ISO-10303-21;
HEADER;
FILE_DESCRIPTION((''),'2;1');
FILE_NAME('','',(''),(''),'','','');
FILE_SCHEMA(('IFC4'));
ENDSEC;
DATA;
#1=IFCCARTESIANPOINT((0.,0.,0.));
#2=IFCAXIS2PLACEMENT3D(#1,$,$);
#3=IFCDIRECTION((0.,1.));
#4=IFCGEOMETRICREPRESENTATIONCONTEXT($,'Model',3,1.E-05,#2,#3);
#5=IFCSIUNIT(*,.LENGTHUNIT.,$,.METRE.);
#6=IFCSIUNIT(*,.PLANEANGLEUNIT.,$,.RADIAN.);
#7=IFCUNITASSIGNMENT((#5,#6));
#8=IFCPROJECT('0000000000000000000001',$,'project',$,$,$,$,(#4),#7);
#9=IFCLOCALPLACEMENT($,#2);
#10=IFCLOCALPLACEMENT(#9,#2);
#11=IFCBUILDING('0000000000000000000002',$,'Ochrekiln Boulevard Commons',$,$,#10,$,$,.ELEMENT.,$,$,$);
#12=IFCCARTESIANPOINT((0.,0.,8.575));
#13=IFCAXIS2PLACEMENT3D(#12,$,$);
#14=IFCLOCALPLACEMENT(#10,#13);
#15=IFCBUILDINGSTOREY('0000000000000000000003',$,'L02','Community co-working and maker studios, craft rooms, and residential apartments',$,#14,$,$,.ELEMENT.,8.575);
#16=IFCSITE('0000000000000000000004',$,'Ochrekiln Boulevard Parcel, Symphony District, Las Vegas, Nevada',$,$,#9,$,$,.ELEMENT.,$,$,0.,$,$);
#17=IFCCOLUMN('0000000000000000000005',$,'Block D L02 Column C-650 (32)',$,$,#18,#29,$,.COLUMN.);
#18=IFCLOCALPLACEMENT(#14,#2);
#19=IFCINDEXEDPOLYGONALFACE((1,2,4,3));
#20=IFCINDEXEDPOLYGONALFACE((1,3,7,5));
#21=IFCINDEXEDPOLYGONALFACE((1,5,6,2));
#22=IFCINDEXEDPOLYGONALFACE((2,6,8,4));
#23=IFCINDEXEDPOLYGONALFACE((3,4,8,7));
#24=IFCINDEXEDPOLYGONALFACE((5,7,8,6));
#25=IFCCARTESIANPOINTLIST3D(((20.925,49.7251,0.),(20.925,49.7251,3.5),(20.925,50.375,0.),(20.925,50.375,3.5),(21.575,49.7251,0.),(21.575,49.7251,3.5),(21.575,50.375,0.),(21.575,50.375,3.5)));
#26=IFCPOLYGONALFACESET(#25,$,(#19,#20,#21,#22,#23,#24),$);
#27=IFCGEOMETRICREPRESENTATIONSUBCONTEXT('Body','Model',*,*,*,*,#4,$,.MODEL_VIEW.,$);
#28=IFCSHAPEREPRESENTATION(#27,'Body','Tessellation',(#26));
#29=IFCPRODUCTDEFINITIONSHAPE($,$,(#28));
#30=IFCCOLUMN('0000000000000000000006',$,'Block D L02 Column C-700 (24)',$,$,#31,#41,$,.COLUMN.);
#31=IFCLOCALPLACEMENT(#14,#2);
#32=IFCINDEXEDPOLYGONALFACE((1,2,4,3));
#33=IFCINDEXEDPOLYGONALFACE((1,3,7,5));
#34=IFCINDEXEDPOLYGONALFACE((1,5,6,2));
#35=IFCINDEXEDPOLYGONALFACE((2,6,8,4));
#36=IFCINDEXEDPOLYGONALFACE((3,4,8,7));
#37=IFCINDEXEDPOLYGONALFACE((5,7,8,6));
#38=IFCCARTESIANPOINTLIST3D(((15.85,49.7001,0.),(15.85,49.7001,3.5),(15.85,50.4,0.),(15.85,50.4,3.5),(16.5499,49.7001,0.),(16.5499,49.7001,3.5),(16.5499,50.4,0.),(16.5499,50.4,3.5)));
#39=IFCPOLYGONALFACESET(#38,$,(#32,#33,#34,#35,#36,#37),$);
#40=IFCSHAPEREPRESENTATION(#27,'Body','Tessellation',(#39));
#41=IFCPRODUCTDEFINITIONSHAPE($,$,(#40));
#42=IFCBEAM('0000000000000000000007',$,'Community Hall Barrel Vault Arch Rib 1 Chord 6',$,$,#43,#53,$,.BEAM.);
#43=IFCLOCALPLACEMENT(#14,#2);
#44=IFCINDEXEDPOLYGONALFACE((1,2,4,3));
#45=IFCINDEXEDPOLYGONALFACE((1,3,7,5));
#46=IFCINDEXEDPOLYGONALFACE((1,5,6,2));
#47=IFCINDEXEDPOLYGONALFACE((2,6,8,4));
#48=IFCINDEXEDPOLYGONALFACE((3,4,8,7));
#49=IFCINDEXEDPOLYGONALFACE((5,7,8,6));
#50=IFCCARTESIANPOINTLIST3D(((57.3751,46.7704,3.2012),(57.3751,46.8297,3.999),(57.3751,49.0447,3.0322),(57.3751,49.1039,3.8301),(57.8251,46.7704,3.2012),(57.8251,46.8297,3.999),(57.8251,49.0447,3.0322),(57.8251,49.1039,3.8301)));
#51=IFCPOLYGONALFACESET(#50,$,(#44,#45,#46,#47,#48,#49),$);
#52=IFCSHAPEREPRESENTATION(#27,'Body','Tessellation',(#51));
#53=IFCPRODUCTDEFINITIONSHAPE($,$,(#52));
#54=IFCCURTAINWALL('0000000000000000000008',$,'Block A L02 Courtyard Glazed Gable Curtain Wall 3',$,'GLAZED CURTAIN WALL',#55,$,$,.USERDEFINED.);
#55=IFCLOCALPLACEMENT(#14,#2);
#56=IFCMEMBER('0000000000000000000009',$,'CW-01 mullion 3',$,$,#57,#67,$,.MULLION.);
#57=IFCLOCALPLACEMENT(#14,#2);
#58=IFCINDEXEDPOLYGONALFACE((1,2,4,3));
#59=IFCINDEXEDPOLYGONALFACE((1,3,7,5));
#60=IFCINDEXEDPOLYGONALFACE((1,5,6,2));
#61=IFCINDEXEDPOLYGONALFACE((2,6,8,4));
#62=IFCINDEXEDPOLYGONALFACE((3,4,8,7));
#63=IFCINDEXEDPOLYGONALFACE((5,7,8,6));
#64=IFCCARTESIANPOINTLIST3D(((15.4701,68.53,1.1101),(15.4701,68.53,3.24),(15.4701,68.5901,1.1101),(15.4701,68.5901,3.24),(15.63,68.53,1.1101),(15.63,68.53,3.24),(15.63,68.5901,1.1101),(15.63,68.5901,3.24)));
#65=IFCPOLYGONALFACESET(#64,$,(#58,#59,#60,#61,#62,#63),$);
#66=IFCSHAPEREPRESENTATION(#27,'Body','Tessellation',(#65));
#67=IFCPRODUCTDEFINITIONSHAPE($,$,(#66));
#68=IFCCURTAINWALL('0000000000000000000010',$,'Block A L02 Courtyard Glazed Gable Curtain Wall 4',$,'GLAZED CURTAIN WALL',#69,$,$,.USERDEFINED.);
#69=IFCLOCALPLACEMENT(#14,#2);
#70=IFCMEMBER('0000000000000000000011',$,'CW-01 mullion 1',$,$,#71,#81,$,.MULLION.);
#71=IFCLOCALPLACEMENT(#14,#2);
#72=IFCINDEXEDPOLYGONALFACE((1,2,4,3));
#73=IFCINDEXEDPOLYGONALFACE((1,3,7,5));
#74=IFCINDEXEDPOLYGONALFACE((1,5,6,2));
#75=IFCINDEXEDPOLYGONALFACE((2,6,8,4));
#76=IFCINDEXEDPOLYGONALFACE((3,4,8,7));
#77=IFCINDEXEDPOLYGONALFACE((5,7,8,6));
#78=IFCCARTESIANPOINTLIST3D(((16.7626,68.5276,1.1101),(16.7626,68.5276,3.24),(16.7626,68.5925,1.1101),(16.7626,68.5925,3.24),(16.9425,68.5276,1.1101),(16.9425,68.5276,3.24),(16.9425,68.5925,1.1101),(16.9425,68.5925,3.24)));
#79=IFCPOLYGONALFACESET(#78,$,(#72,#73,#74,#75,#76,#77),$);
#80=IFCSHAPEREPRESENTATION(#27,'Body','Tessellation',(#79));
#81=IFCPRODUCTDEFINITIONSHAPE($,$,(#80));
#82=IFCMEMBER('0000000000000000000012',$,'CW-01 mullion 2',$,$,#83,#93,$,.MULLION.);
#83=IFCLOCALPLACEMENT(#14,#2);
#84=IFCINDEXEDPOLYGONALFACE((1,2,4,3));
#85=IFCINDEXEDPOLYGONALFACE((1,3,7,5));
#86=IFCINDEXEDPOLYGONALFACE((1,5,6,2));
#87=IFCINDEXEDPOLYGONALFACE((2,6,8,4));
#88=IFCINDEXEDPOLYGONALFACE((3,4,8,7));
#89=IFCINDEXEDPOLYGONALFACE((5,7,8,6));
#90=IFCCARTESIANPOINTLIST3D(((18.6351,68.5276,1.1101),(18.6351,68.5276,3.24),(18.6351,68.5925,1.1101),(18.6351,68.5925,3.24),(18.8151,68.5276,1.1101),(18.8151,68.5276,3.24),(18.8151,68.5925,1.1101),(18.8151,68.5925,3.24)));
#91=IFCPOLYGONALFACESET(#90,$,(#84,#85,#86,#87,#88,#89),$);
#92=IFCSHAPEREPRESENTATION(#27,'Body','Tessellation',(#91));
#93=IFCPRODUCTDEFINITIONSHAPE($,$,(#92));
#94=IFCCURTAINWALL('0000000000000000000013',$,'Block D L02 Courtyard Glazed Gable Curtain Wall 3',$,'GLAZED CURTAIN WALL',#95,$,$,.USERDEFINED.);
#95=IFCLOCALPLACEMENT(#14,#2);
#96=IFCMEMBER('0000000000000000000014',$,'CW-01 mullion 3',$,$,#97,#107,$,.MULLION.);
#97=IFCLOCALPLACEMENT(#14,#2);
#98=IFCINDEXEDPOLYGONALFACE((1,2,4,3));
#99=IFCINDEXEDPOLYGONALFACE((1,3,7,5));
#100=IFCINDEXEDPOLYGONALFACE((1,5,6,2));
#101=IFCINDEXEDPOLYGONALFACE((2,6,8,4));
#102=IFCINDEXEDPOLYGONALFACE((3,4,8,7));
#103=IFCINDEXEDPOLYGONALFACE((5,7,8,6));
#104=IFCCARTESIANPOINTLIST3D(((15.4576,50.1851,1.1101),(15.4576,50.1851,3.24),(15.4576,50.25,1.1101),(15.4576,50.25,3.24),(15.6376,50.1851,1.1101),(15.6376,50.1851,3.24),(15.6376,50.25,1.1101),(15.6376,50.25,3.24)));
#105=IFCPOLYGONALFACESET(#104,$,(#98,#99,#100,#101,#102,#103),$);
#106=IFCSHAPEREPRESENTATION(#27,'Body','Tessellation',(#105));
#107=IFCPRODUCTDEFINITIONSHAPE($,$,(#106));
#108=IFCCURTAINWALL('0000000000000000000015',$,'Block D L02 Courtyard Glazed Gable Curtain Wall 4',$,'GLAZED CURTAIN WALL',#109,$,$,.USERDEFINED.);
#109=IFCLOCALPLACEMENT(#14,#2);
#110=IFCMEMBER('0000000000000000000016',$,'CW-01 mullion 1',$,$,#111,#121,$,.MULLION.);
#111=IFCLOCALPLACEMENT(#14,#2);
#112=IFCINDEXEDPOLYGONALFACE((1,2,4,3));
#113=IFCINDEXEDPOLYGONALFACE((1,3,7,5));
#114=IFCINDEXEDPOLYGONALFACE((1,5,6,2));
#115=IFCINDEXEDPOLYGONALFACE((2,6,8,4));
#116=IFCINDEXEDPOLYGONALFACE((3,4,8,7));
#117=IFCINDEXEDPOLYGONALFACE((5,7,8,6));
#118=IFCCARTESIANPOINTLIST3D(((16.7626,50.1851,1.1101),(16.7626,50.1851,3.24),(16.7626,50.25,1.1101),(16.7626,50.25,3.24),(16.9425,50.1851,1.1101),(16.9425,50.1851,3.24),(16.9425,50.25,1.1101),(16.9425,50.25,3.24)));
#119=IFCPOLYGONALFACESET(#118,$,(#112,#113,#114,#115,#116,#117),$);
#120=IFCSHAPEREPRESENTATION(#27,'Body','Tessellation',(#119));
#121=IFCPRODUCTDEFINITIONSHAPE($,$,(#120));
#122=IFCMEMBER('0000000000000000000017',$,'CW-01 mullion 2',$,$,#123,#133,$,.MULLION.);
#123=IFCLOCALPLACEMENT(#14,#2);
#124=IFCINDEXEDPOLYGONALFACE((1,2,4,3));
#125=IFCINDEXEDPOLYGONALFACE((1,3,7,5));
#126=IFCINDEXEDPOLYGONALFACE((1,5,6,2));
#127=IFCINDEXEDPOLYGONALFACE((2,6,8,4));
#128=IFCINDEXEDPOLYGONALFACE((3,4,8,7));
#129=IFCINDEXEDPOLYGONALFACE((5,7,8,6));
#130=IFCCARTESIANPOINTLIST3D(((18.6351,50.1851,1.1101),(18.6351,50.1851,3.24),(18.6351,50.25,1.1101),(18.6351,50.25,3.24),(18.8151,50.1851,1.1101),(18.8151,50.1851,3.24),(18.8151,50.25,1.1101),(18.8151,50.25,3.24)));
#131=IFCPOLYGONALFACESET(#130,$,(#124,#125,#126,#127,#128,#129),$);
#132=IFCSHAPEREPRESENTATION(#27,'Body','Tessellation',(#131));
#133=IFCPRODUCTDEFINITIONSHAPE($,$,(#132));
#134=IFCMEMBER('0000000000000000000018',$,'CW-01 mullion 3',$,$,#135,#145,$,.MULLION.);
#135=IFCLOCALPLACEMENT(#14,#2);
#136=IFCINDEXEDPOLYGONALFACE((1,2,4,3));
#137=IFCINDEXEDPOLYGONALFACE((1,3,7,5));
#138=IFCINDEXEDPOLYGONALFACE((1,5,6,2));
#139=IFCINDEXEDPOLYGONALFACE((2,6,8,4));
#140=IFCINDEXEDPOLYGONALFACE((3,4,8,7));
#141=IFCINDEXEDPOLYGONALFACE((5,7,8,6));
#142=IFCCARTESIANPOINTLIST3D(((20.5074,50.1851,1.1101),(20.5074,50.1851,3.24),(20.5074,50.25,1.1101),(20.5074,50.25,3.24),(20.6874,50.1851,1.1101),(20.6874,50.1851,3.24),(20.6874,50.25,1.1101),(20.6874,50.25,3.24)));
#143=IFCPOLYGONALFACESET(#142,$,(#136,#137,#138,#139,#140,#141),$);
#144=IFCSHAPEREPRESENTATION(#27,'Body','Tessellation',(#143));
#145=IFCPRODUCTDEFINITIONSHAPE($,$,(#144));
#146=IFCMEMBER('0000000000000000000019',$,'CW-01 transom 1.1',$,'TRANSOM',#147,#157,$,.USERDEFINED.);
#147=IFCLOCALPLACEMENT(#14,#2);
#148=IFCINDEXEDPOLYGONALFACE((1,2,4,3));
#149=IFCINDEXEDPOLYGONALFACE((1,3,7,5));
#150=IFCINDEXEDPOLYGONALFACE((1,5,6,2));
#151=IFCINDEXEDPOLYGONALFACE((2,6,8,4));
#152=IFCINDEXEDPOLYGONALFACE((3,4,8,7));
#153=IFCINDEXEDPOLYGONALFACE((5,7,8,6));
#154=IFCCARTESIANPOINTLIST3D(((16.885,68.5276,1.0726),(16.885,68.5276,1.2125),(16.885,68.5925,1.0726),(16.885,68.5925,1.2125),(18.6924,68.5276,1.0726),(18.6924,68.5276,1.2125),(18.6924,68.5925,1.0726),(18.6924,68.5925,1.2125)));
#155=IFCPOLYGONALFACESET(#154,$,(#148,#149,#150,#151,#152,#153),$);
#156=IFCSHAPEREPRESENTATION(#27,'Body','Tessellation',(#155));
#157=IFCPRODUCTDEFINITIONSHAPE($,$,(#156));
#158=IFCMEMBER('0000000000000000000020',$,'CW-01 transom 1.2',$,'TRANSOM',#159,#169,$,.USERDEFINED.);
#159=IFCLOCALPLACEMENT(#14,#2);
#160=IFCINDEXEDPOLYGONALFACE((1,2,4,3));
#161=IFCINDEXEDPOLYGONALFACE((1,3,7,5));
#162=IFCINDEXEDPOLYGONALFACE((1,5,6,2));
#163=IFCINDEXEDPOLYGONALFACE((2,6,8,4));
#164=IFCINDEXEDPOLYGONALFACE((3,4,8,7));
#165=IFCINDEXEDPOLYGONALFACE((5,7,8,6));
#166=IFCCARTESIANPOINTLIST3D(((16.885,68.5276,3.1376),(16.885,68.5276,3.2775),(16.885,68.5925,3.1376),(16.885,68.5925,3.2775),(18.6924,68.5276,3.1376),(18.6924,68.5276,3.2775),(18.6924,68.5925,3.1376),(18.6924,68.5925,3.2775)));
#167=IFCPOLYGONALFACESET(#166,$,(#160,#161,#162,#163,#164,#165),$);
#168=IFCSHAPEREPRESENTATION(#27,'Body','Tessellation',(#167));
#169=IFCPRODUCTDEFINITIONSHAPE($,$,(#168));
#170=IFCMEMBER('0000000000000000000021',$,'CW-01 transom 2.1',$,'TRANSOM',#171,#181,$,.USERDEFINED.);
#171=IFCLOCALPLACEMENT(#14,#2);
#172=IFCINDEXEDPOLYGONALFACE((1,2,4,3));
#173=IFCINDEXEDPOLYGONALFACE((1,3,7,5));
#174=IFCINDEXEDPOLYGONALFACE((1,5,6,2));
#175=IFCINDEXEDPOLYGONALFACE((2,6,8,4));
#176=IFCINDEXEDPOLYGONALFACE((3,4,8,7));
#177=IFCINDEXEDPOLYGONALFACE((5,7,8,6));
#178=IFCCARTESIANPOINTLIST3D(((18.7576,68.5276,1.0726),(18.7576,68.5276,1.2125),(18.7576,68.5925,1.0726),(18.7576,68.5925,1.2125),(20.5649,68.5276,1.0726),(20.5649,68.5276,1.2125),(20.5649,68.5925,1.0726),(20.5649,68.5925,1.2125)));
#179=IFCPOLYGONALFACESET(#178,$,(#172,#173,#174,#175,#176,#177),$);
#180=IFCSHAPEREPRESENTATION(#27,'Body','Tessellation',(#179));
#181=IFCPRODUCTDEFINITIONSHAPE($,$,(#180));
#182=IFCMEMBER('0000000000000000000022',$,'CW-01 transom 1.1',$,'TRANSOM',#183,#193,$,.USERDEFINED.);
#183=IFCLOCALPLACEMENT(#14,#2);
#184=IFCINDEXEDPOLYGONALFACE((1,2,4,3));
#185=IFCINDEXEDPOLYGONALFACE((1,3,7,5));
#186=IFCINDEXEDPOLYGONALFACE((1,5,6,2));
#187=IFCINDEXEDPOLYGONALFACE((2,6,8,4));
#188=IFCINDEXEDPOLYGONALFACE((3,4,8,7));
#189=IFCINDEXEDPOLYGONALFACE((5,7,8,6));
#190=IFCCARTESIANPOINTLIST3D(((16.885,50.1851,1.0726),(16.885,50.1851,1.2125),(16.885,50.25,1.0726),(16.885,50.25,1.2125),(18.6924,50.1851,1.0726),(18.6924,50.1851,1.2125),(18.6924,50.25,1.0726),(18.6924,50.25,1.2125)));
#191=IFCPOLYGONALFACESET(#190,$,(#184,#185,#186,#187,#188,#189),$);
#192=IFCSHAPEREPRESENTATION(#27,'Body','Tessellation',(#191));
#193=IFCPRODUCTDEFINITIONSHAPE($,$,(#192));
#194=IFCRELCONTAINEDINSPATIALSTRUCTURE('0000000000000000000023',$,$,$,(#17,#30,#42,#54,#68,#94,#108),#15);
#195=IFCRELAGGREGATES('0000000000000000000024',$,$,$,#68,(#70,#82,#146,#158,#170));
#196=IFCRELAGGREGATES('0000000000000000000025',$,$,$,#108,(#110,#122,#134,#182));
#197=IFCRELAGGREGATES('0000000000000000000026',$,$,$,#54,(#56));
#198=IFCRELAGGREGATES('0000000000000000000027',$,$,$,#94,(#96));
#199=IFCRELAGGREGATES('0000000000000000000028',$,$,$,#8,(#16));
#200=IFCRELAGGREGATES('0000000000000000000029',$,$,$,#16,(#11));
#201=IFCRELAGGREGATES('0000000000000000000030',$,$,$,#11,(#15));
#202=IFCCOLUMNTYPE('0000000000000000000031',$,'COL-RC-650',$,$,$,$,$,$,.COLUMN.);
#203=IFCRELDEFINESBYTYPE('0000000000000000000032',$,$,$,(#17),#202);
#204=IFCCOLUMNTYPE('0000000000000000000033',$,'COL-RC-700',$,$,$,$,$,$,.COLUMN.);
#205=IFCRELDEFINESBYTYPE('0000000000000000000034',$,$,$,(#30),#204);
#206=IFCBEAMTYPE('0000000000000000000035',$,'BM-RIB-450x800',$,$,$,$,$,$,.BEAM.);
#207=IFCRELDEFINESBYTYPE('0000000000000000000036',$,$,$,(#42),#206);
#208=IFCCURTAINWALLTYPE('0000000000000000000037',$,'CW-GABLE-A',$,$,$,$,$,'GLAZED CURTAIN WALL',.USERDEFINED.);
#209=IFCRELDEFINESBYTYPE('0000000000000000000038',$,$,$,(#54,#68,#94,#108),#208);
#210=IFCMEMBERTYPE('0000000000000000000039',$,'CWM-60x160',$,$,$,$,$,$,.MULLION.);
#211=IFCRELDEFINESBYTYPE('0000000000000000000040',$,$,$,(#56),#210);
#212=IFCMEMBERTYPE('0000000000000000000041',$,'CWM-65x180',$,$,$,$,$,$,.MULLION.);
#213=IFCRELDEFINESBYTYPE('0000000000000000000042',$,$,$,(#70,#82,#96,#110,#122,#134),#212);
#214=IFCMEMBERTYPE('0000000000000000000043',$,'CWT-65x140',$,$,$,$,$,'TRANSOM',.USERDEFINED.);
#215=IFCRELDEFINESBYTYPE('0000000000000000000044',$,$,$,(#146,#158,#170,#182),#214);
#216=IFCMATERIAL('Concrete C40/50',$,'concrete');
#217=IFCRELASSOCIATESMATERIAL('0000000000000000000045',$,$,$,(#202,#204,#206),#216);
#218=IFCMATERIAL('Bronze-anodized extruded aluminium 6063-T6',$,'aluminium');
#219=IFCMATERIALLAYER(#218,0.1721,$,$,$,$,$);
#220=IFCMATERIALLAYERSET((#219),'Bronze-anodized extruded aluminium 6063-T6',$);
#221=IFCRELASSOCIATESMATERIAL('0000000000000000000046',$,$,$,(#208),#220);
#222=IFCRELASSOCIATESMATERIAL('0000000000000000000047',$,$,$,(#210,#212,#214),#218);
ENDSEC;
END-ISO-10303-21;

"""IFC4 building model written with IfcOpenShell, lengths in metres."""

from ifc_helpers import new_model, si_unit, direction, frame, origin, origin_2d, place, context, subcontext, project, spatial, rectangle, extrude, material, layer, layer_set, material_profile, profile_set, type_object, element, aggregate, save


model = new_model("IFC4")

# Units and contexts
model_context = context("Model", 3, precision=1e-05, world=origin(), true_north=direction((0.0, 1.0)))
body_context = subcontext(model_context, "Body", "Model", "MODEL_VIEW")
ifc_project = project(units=[si_unit("LENGTHUNIT", "METRE"), si_unit("PLANEANGLEUNIT", "RADIAN")], contexts=[model_context])

# Site, building, storey
site_placement = place(None, origin())
site = spatial("IfcSite", under=ifc_project, at=site_placement, Name="Ochrekiln Boulevard Parcel, Symphony District, Las Vegas, Nevada", CompositionType="ELEMENT", RefElevation=0.0)
building_placement = place(site_placement, origin())
building = spatial("IfcBuilding", under=site, at=building_placement, Name="Ochrekiln Boulevard Commons", CompositionType="ELEMENT")
storey_placement = place(building_placement, frame((0.0, 0.0, 8.575)))
storey = spatial("IfcBuildingStorey", under=building, at=storey_placement, Name="L02", Description="Community co-working and maker studios, craft rooms, and residential apartments", CompositionType="ELEMENT", Elevation=8.575)

# Columns
ifc_material_1 = material(Name="Concrete C40/50", Category="concrete")
ifc_material_profile_1 = material_profile(ifc_material_1, rectangle(XDim=0.6499, YDim=0.6499, at=origin_2d()), Name="RC-COL-650x650")
ifc_profile_set_1 = profile_set([ifc_material_profile_1], Name="Concrete C40/50")
column_type_1 = type_object("IfcColumnType", Name="COL-RC-650", PredefinedType="COLUMN", material=ifc_profile_set_1)
column_1_placement = place(storey_placement, frame((21.25, 50.05, 0.0), z_axis=(0.0, 0.0, 1.0), x_axis=(1.0, 0.0, 0.0)))
element("IfcColumn", 1, at=column_1_placement, inside=storey, type_object=column_type_1, Name="Block D L02 Column C-650 (32)", PredefinedType="COLUMN", context=body_context, shape_type="SweptSolid", body=[
    extrude(rectangle(XDim=0.6499, YDim=0.6499, at=origin_2d()), origin(), (0.0, 0.0, 1.0), 3.5),
])
ifc_material_profile_2 = material_profile(ifc_material_1, rectangle(XDim=0.7, YDim=0.7, at=origin_2d()), Name="RC-COL-700x700")
ifc_profile_set_2 = profile_set([ifc_material_profile_2], Name="Concrete C40/50")
column_type_2 = type_object("IfcColumnType", Name="COL-RC-700", PredefinedType="COLUMN", material=ifc_profile_set_2)
column_2_placement = place(storey_placement, frame((16.2, 50.05, 0.0), z_axis=(0.0, 0.0, 1.0), x_axis=(1.0, 0.0, 0.0)))
element("IfcColumn", 2, at=column_2_placement, inside=storey, type_object=column_type_2, Name="Block D L02 Column C-700 (24)", PredefinedType="COLUMN", context=body_context, shape_type="SweptSolid", body=[
    extrude(rectangle(XDim=0.7, YDim=0.7, at=origin_2d()), origin(), (0.0, 0.0, 1.0), 3.5),
])

# Beam
ifc_material_profile_3 = material_profile(ifc_material_1, rectangle(XDim=0.45, YDim=0.8, at=origin_2d()), Name="RC-RIB-450x800")
ifc_profile_set_3 = profile_set([ifc_material_profile_3], Name="Concrete C40/50")
beam_type_1 = type_object("IfcBeamType", Name="BM-RIB-450x800", PredefinedType="BEAM", material=ifc_profile_set_3)
beam_1_placement = place(storey_placement, frame((57.6001, 46.8, 3.6001), z_axis=(0.0, 0.997252, -0.074085), x_axis=(-1.0, 0.0, 0.0)))
element("IfcBeam", 3, at=beam_1_placement, inside=storey, type_object=beam_type_1, Name="Community Hall Barrel Vault Arch Rib 1 Chord 6", PredefinedType="BEAM", context=body_context, shape_type="SweptSolid", body=[
    extrude(rectangle(XDim=0.45, YDim=0.8, at=origin_2d()), origin(), (0.0, 0.0, 1.0), 2.2805),
])

# Curtain wall, member
ifc_material_2 = material(Name="Bronze-anodized extruded aluminium 6063-T6", Category="aluminium")
ifc_layer_1 = layer(ifc_material_2, 0.1721)
ifc_layer_set_1 = layer_set([ifc_layer_1], Name="Bronze-anodized extruded aluminium 6063-T6")
curtain_wall_type = type_object("IfcCurtainWallType", Name="CW-GABLE-A", ElementType="GLAZED CURTAIN WALL", PredefinedType="USERDEFINED", material=ifc_layer_set_1)
curtain_wall_1_placement = place(storey_placement, origin())
curtain_wall_1 = element("IfcCurtainWall", 4, at=curtain_wall_1_placement, inside=storey, type_object=curtain_wall_type, Name="Block A L02 Courtyard Glazed Gable Curtain Wall 3", ObjectType="GLAZED CURTAIN WALL", PredefinedType="USERDEFINED")
ifc_material_profile_4 = material_profile(ifc_material_2, rectangle(XDim=0.0601, YDim=0.1599, at=origin_2d()), Name="ALU-MUL-60x160")
ifc_profile_set_4 = profile_set([ifc_material_profile_4], Name="Bronze-anodized extruded aluminium 6063-T6")
member_type_1 = type_object("IfcMemberType", Name="CWM-60x160", PredefinedType="MULLION", material=ifc_profile_set_4)
member_1_placement = place(storey_placement, frame((15.55, 68.5601, 1.1101), z_axis=(0.0, 0.0, 1.0), x_axis=(0.0, 1.0, 0.0)))
member_1 = element("IfcMember", 5, at=member_1_placement, type_object=member_type_1, Name="CW-01 mullion 3", PredefinedType="MULLION", context=body_context, shape_type="SweptSolid", body=[
    extrude(rectangle(XDim=0.0601, YDim=0.1599, at=origin_2d()), origin(), (0.0, 0.0, 1.0), 2.1299),
])

# Curtain wall, members
curtain_wall_2_placement = place(storey_placement, origin())
curtain_wall_2 = element("IfcCurtainWall", 6, at=curtain_wall_2_placement, inside=storey, type_object=curtain_wall_type, Name="Block A L02 Courtyard Glazed Gable Curtain Wall 4", ObjectType="GLAZED CURTAIN WALL", PredefinedType="USERDEFINED")
ifc_material_profile_5 = material_profile(ifc_material_2, rectangle(XDim=0.0649, YDim=0.1799, at=origin_2d()), Name="ALU-MUL-65x180")
ifc_profile_set_5 = profile_set([ifc_material_profile_5], Name="Bronze-anodized extruded aluminium 6063-T6")
member_type_2 = type_object("IfcMemberType", Name="CWM-65x180", PredefinedType="MULLION", material=ifc_profile_set_5)
member_2_placement = place(storey_placement, frame((16.8525, 68.5601, 1.1101), z_axis=(0.0, 0.0, 1.0), x_axis=(0.0, 1.0, 0.0)))
member_2 = element("IfcMember", 7, at=member_2_placement, type_object=member_type_2, Name="CW-01 mullion 1", PredefinedType="MULLION", context=body_context, shape_type="SweptSolid", body=[
    extrude(rectangle(XDim=0.0649, YDim=0.1799, at=origin_2d()), origin(), (0.0, 0.0, 1.0), 2.1299),
])
member_3_placement = place(storey_placement, frame((18.7251, 68.5601, 1.1101), z_axis=(0.0, 0.0, 1.0), x_axis=(0.0, 1.0, 0.0)))
member_3 = element("IfcMember", 8, at=member_3_placement, type_object=member_type_2, Name="CW-01 mullion 2", PredefinedType="MULLION", context=body_context, shape_type="SweptSolid", body=[
    extrude(rectangle(XDim=0.0649, YDim=0.1799, at=origin_2d()), origin(), (0.0, 0.0, 1.0), 2.1299),
])

# Curtain wall, member
curtain_wall_3_placement = place(storey_placement, origin())
curtain_wall_3 = element("IfcCurtainWall", 9, at=curtain_wall_3_placement, inside=storey, type_object=curtain_wall_type, Name="Block D L02 Courtyard Glazed Gable Curtain Wall 3", ObjectType="GLAZED CURTAIN WALL", PredefinedType="USERDEFINED")
member_4_placement = place(storey_placement, frame((15.5476, 50.2175, 1.1101), z_axis=(0.0, 0.0, 1.0), x_axis=(0.0, 1.0, 0.0)))
member_4 = element("IfcMember", 10, at=member_4_placement, type_object=member_type_2, Name="CW-01 mullion 3", PredefinedType="MULLION", context=body_context, shape_type="SweptSolid", body=[
    extrude(rectangle(XDim=0.0649, YDim=0.1799, at=origin_2d()), origin(), (0.0, 0.0, 1.0), 2.1299),
])

# Curtain wall, members
curtain_wall_4_placement = place(storey_placement, origin())
curtain_wall_4 = element("IfcCurtainWall", 11, at=curtain_wall_4_placement, inside=storey, type_object=curtain_wall_type, Name="Block D L02 Courtyard Glazed Gable Curtain Wall 4", ObjectType="GLAZED CURTAIN WALL", PredefinedType="USERDEFINED")
member_5_placement = place(storey_placement, frame((16.8525, 50.2175, 1.1101), z_axis=(0.0, 0.0, 1.0), x_axis=(0.0, 1.0, 0.0)))
member_5 = element("IfcMember", 12, at=member_5_placement, type_object=member_type_2, Name="CW-01 mullion 1", PredefinedType="MULLION", context=body_context, shape_type="SweptSolid", body=[
    extrude(rectangle(XDim=0.0649, YDim=0.1799, at=origin_2d()), origin(), (0.0, 0.0, 1.0), 2.1299),
])
member_6_placement = place(storey_placement, frame((18.7251, 50.2175, 1.1101), z_axis=(0.0, 0.0, 1.0), x_axis=(0.0, 1.0, 0.0)))
member_6 = element("IfcMember", 13, at=member_6_placement, type_object=member_type_2, Name="CW-01 mullion 2", PredefinedType="MULLION", context=body_context, shape_type="SweptSolid", body=[
    extrude(rectangle(XDim=0.0649, YDim=0.1799, at=origin_2d()), origin(), (0.0, 0.0, 1.0), 2.1299),
])
member_7_placement = place(storey_placement, frame((20.5974, 50.2175, 1.1101), z_axis=(0.0, 0.0, 1.0), x_axis=(0.0, 1.0, 0.0)))
member_7 = element("IfcMember", 14, at=member_7_placement, type_object=member_type_2, Name="CW-01 mullion 3", PredefinedType="MULLION", context=body_context, shape_type="SweptSolid", body=[
    extrude(rectangle(XDim=0.0649, YDim=0.1799, at=origin_2d()), origin(), (0.0, 0.0, 1.0), 2.1299),
])

# Members
ifc_material_profile_6 = material_profile(ifc_material_2, rectangle(XDim=0.0649, YDim=0.1399, at=origin_2d()), Name="ALU-TRN-65x140")
ifc_profile_set_6 = profile_set([ifc_material_profile_6], Name="Bronze-anodized extruded aluminium 6063-T6")
member_type_3 = type_object("IfcMemberType", Name="CWT-65x140", ElementType="TRANSOM", PredefinedType="USERDEFINED", material=ifc_profile_set_6)
member_8_placement = place(storey_placement, frame((16.885, 68.5601, 1.1426), z_axis=(1.0, 0.0, 0.0), x_axis=(0.0, 1.0, 0.0)))
member_8 = element("IfcMember", 15, at=member_8_placement, type_object=member_type_3, Name="CW-01 transom 1.1", ObjectType="TRANSOM", PredefinedType="USERDEFINED", context=body_context, shape_type="SweptSolid", body=[
    extrude(rectangle(XDim=0.0649, YDim=0.1399, at=origin_2d()), origin(), (0.0, 0.0, 1.0), 1.8074),
])
member_9_placement = place(storey_placement, frame((16.885, 68.5601, 3.2075), z_axis=(1.0, 0.0, 0.0), x_axis=(0.0, 1.0, 0.0)))
member_9 = element("IfcMember", 16, at=member_9_placement, type_object=member_type_3, Name="CW-01 transom 1.2", ObjectType="TRANSOM", PredefinedType="USERDEFINED", context=body_context, shape_type="SweptSolid", body=[
    extrude(rectangle(XDim=0.0649, YDim=0.1399, at=origin_2d()), origin(), (0.0, 0.0, 1.0), 1.8074),
])
member_10_placement = place(storey_placement, frame((18.7576, 68.5601, 1.1426), z_axis=(1.0, 0.0, 0.0), x_axis=(0.0, 1.0, 0.0)))
member_10 = element("IfcMember", 17, at=member_10_placement, type_object=member_type_3, Name="CW-01 transom 2.1", ObjectType="TRANSOM", PredefinedType="USERDEFINED", context=body_context, shape_type="SweptSolid", body=[
    extrude(rectangle(XDim=0.0649, YDim=0.1399, at=origin_2d()), origin(), (0.0, 0.0, 1.0), 1.8074),
])
member_11_placement = place(storey_placement, frame((16.885, 50.2175, 1.1426), z_axis=(1.0, 0.0, 0.0), x_axis=(0.0, 1.0, 0.0)))
member_11 = element("IfcMember", 18, at=member_11_placement, type_object=member_type_3, Name="CW-01 transom 1.1", ObjectType="TRANSOM", PredefinedType="USERDEFINED", context=body_context, shape_type="SweptSolid", body=[
    extrude(rectangle(XDim=0.0649, YDim=0.1399, at=origin_2d()), origin(), (0.0, 0.0, 1.0), 1.8074),
])

aggregate(curtain_wall_2, [member_2, member_3, member_8, member_9, member_10])
aggregate(curtain_wall_4, [member_5, member_6, member_7, member_11])
aggregate(curtain_wall_1, [member_1])
aggregate(curtain_wall_3, [member_4])

save(model, "model.ifc")
